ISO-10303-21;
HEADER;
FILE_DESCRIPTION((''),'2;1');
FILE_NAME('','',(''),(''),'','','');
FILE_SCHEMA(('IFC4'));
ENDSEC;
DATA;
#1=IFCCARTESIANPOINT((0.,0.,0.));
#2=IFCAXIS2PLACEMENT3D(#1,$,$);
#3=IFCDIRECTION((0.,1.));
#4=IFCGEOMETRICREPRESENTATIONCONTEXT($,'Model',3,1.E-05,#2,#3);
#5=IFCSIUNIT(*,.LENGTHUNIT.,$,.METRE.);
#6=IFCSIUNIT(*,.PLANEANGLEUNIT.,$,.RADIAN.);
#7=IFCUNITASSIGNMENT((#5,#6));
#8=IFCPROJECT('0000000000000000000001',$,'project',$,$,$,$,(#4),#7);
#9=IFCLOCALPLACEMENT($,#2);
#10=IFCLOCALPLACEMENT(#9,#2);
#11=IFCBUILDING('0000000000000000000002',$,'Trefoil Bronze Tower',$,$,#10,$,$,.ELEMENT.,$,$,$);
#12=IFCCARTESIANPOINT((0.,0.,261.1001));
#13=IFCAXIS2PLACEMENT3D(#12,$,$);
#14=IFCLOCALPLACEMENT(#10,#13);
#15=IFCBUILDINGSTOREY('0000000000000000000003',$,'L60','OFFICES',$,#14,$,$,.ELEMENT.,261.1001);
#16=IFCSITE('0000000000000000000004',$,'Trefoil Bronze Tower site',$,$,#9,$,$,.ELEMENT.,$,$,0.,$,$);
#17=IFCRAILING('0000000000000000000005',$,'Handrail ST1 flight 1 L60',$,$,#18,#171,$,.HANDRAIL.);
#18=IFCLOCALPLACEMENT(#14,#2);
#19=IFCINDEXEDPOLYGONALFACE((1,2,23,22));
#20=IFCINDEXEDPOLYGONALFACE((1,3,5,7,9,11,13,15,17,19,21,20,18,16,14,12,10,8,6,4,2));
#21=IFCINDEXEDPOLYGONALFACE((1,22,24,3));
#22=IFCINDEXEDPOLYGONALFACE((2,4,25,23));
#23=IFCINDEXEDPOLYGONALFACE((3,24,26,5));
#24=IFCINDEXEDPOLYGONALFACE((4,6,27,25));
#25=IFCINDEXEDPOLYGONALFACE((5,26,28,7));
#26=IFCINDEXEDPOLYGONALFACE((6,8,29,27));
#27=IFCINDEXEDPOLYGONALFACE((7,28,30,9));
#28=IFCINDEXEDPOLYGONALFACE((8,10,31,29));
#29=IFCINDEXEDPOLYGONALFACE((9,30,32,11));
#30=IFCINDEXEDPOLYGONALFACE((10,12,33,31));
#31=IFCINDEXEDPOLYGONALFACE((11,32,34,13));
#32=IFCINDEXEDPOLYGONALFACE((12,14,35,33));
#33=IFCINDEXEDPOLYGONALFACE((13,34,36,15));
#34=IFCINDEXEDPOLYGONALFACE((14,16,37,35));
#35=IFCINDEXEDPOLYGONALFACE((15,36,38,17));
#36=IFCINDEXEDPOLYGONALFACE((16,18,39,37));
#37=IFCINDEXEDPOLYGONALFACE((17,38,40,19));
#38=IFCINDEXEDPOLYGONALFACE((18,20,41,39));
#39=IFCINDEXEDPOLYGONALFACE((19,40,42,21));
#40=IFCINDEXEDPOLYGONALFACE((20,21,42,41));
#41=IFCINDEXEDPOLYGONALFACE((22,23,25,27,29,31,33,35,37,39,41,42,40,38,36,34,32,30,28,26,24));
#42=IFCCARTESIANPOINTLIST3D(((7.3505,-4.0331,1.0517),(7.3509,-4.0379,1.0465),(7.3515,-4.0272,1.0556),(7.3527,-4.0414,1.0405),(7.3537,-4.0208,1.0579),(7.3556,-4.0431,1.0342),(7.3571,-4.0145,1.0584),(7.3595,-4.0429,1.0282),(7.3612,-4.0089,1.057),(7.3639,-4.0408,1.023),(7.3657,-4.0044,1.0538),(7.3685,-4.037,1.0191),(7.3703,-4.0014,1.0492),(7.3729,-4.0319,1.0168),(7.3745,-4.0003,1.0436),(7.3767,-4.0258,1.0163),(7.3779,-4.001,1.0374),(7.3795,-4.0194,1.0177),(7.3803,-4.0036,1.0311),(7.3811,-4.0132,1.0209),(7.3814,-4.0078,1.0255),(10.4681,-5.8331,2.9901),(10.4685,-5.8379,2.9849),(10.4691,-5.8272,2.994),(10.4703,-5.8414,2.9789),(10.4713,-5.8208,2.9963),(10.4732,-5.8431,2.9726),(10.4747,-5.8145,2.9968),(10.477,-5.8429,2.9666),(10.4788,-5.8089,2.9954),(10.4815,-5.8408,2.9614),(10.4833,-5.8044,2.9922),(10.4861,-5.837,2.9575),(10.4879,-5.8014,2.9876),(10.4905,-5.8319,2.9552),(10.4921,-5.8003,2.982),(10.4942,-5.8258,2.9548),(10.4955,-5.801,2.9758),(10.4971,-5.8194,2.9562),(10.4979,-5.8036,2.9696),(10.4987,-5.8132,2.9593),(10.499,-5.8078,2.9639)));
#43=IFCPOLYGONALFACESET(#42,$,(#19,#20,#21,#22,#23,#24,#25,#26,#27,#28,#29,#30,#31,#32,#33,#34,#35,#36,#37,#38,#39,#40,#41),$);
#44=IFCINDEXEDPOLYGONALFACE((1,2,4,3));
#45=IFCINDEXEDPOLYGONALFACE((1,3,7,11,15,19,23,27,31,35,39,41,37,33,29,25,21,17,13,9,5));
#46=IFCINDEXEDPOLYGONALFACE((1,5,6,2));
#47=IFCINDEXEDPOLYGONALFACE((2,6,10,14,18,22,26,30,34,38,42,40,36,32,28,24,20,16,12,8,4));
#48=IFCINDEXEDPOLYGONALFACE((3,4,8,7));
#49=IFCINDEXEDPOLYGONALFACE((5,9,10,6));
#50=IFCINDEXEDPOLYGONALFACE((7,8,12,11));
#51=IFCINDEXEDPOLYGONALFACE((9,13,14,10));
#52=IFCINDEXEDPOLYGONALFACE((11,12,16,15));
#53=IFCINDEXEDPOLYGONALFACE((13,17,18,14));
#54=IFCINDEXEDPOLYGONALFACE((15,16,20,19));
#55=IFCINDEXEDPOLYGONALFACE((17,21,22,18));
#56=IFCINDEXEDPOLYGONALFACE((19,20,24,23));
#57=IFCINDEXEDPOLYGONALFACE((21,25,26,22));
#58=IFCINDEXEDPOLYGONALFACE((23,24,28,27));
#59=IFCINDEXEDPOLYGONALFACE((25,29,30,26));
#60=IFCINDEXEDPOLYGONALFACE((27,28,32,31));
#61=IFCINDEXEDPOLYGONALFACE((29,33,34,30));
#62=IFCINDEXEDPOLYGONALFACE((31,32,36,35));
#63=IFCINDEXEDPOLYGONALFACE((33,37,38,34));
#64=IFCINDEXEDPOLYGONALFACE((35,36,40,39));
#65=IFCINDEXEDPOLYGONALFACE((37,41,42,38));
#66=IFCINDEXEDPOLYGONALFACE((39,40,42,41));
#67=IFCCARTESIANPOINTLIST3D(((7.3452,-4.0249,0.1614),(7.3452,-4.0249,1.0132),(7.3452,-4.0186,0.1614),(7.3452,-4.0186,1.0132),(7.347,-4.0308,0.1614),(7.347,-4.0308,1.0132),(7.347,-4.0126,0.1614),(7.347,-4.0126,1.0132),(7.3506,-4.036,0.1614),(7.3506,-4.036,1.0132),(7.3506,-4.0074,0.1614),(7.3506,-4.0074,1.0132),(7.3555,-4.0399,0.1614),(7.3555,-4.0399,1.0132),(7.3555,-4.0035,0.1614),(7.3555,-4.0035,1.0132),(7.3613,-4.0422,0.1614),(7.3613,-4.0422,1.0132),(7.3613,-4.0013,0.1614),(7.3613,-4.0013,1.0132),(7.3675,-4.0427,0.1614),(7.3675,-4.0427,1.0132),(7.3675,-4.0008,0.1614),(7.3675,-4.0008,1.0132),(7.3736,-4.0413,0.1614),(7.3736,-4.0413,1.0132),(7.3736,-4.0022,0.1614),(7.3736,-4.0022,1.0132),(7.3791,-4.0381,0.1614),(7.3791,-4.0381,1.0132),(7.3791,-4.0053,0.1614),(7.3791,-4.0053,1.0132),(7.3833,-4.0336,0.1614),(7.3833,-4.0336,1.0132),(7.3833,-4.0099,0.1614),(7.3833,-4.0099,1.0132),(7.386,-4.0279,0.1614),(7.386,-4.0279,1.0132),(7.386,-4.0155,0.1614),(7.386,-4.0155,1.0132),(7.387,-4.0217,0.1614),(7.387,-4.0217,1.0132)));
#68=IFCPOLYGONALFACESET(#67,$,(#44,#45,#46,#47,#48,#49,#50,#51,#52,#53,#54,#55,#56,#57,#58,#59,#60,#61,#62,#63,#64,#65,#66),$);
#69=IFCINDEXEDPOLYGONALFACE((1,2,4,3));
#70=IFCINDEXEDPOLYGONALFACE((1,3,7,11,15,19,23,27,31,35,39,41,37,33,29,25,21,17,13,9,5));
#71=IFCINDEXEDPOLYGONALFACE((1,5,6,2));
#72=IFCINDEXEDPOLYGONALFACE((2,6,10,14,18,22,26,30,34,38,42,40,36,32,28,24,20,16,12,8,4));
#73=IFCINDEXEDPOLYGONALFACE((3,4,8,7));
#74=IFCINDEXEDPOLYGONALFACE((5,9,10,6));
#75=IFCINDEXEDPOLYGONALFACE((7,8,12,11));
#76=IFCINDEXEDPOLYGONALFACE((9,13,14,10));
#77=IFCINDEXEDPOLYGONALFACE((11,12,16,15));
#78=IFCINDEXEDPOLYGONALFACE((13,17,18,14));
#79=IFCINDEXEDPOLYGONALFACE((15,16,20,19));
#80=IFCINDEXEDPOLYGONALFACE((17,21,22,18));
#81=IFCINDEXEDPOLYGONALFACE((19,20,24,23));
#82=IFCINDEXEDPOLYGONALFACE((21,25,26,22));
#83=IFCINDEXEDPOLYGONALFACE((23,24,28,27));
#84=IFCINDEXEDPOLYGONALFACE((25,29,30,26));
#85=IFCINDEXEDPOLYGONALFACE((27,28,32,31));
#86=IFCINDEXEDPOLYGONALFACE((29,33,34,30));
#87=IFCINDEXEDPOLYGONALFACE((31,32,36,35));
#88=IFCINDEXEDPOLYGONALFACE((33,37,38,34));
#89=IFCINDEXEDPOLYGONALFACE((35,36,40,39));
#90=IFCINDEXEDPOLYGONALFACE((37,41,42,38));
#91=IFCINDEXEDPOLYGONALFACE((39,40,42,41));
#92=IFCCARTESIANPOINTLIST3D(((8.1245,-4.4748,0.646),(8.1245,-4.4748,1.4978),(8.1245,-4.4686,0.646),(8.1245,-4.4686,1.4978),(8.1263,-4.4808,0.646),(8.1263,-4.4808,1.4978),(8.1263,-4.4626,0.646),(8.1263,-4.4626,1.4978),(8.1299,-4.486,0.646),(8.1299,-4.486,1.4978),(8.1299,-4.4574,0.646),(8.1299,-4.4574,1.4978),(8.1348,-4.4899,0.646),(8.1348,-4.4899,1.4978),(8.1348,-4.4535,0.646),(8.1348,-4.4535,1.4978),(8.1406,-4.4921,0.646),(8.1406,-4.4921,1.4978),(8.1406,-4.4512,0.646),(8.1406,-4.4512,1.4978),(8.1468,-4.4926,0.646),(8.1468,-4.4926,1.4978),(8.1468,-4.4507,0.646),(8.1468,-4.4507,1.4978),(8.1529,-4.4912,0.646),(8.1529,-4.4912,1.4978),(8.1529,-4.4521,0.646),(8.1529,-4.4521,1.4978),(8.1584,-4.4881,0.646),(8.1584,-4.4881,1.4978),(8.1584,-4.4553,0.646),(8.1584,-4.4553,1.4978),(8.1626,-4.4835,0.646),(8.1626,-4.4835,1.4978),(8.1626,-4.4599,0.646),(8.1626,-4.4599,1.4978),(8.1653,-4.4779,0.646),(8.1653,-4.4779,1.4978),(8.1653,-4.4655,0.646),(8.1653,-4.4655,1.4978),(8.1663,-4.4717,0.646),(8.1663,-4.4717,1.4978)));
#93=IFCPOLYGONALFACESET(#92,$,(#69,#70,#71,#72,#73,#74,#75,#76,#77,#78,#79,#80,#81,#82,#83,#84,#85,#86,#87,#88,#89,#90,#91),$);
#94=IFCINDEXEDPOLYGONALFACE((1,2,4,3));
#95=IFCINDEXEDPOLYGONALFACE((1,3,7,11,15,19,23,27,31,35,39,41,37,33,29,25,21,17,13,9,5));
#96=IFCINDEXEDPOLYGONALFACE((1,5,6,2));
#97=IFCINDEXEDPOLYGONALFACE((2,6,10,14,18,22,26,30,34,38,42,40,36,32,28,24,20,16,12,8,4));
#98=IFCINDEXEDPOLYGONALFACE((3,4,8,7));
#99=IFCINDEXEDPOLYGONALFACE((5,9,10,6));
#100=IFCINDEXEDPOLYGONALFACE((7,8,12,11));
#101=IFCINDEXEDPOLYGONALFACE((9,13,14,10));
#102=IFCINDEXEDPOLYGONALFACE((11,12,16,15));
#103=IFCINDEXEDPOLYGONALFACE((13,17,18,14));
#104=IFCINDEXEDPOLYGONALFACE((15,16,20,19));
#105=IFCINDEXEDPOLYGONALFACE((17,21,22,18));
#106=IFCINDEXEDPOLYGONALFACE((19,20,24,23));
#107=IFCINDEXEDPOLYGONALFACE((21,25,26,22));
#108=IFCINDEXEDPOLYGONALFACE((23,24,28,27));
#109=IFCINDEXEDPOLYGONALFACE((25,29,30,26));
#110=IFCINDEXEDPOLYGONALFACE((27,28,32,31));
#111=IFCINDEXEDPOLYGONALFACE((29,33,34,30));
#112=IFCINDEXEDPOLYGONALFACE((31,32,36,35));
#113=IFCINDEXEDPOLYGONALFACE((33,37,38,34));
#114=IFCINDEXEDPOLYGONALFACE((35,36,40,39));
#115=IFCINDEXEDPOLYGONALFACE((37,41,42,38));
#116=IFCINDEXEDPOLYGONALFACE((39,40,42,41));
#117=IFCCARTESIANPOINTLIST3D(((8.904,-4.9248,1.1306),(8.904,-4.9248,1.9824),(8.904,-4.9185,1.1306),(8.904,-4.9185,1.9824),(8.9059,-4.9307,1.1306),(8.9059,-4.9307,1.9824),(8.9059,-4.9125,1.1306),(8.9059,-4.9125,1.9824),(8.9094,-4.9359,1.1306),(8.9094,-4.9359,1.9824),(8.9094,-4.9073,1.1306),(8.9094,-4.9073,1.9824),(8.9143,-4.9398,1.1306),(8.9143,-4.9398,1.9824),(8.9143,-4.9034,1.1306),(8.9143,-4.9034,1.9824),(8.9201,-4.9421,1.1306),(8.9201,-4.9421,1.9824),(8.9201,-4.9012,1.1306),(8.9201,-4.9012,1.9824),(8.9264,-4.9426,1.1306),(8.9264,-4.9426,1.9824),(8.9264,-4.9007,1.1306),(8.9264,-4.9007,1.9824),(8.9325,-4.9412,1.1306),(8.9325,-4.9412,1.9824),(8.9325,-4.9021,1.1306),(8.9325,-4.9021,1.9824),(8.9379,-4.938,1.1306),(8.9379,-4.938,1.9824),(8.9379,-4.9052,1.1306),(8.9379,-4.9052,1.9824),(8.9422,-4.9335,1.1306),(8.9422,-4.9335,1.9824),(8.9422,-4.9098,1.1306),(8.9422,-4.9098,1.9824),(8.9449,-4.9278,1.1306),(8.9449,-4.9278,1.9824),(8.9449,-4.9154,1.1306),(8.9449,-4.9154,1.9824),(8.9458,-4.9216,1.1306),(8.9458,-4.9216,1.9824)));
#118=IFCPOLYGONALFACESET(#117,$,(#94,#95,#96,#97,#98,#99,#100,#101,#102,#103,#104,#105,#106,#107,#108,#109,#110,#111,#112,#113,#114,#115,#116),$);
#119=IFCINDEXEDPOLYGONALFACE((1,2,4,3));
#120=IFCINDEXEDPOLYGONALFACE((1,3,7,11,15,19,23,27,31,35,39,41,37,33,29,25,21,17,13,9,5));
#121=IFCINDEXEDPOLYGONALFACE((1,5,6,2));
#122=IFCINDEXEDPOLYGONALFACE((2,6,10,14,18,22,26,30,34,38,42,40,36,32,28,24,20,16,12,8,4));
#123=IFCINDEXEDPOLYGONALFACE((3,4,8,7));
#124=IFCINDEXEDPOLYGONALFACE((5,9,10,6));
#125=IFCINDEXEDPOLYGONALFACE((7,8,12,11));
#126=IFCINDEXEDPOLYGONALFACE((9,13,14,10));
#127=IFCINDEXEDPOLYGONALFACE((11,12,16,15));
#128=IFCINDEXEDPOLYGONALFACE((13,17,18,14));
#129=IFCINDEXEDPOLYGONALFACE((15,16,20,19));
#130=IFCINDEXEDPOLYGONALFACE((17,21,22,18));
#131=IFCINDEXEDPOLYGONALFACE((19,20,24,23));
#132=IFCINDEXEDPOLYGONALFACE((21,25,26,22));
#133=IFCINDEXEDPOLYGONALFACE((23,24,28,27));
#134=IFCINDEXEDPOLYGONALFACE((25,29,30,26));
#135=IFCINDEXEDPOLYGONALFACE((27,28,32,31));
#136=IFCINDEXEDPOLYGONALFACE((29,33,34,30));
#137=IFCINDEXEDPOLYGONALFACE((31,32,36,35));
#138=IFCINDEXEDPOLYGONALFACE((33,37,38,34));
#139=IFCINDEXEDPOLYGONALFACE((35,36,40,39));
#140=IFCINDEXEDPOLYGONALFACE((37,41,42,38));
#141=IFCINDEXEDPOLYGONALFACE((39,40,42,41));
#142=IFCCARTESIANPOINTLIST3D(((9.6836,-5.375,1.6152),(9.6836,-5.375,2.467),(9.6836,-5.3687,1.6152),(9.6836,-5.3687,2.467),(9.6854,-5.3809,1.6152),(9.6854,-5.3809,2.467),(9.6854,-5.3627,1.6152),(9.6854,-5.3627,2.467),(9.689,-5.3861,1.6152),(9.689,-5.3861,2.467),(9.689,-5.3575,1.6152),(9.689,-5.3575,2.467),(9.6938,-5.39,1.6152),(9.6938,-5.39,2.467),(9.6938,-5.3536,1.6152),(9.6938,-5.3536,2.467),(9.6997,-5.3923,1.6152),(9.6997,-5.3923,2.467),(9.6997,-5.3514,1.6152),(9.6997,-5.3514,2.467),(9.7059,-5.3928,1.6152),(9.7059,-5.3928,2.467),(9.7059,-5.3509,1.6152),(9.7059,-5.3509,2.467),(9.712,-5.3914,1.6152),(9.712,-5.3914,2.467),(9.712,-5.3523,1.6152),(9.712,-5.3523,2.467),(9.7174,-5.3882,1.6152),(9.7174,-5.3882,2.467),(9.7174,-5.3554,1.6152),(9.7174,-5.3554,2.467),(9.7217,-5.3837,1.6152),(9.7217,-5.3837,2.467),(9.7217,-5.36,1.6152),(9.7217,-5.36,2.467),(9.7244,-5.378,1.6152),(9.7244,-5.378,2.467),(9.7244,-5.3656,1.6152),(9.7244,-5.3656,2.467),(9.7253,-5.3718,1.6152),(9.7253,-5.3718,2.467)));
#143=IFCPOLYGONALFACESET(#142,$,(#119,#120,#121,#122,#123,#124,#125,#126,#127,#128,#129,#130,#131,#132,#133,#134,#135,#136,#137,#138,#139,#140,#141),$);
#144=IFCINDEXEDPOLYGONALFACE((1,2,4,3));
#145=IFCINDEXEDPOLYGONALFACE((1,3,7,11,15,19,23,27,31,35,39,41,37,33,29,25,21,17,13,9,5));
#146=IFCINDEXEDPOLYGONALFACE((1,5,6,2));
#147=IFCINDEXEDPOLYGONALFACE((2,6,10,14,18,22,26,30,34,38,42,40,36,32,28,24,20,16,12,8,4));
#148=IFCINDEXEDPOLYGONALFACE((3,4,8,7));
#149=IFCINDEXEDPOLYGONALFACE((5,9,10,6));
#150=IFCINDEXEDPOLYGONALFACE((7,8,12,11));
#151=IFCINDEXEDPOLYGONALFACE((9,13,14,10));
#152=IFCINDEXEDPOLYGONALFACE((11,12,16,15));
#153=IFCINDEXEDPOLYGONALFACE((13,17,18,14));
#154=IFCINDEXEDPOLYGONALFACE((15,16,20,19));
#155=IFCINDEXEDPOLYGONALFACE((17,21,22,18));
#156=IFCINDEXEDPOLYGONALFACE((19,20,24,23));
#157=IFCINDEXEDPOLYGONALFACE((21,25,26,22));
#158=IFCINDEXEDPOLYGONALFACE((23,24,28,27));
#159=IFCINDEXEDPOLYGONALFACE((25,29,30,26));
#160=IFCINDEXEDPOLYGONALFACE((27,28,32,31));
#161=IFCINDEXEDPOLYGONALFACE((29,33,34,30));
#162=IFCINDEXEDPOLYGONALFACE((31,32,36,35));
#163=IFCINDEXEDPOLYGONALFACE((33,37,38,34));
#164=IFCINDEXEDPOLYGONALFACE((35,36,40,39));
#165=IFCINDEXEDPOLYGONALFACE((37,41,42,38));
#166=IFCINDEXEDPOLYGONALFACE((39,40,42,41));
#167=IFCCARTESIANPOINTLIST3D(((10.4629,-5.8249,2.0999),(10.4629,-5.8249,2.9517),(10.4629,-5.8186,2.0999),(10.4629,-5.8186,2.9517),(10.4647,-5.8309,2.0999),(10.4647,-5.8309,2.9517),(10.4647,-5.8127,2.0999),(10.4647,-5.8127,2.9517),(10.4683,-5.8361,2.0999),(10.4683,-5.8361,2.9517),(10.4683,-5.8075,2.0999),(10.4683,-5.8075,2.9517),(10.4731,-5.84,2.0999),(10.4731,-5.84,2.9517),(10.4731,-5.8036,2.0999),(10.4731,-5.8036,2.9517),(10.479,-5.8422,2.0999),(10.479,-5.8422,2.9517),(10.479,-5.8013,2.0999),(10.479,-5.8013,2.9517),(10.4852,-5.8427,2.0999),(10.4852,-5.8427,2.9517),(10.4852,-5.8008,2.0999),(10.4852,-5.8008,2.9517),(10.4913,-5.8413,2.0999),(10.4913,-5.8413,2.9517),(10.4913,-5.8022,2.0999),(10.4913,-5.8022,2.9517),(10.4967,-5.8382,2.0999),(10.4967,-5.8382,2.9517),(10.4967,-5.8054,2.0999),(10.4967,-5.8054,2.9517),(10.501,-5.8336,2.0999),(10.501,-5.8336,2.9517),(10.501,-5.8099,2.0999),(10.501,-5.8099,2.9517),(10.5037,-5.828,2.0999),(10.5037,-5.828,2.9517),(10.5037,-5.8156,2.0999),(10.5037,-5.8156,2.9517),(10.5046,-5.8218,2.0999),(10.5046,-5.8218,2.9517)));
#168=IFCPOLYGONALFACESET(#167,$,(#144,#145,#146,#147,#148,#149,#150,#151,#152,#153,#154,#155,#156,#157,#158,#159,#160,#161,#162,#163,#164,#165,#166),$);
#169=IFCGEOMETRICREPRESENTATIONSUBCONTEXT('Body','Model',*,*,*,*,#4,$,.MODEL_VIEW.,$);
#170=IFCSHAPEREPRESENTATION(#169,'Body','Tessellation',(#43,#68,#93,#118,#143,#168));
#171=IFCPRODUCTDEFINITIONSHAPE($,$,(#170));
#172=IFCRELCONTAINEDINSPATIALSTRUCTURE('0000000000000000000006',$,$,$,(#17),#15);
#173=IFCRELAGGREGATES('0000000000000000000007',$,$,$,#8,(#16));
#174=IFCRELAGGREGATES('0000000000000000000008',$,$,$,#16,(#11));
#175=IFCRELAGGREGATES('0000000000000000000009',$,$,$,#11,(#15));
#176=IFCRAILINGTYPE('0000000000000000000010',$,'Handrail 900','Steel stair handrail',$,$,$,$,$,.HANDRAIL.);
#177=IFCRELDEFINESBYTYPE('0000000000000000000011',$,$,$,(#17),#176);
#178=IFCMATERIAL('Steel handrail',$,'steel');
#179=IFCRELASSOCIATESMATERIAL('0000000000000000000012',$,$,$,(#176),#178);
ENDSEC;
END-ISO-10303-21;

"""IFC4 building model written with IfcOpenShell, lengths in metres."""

from ifc_helpers import new_model, si_unit, direction, frame, origin, origin_2d, place, context, subcontext, project, spatial, circle, extrude, material, type_object, element, save


model = new_model("IFC4")

# Units and contexts
model_context = context("Model", 3, precision=1e-05, world=origin(), true_north=direction((0.0, 1.0)))
body_context = subcontext(model_context, "Body", "Model", "MODEL_VIEW")
ifc_project = project(units=[si_unit("LENGTHUNIT", "METRE"), si_unit("PLANEANGLEUNIT", "RADIAN")], contexts=[model_context])

# Site, building, storey
site_placement = place(None, origin())
site = spatial("IfcSite", under=ifc_project, at=site_placement, Name="Trefoil Bronze Tower site", CompositionType="ELEMENT", RefElevation=0.0)
building_placement = place(site_placement, origin())
building = spatial("IfcBuilding", under=site, at=building_placement, Name="Trefoil Bronze Tower", CompositionType="ELEMENT")
storey_placement = place(building_placement, frame((0.0, 0.0, 261.1001)))
storey = spatial("IfcBuildingStorey", under=building, at=storey_placement, Name="L60", Description="OFFICES", CompositionType="ELEMENT", Elevation=261.1001)

# Railing
ifc_material_1 = material(Name="Steel handrail", Category="steel")
railing_type = type_object("IfcRailingType", Name="Handrail 900", Description="Steel stair handrail", PredefinedType="HANDRAIL", material=ifc_material_1)
railing_1_placement = place(storey_placement, frame((7.366, -4.0217, 0.1614)))
element("IfcRailing", 1, at=railing_1_placement, inside=storey, type_object=railing_type, Name="Handrail ST1 flight 1 L60", PredefinedType="HANDRAIL", context=body_context, shape_type="SweptSolid", body=[
    extrude(circle(Radius=0.0239, at=origin_2d()), frame((0.0, 0.0, 0.876), z_axis=(0.762503, -0.440246, 0.474102), x_axis=(0.500012, 0.866018, 0.0)), (0.0, 0.0, 1.0), 4.0886),
    extrude(circle(Radius=0.021, at=origin_2d()), origin(), (0.0, 0.0, 1.0), 0.8518),
    extrude(circle(Radius=0.021, at=origin_2d()), frame((0.7793, -0.45, 0.4846)), (0.0, 0.0, 1.0), 0.8518),
    extrude(circle(Radius=0.021, at=origin_2d()), frame((1.5588, -0.8999, 0.9692)), (0.0, 0.0, 1.0), 0.8518),
    extrude(circle(Radius=0.021, at=origin_2d()), frame((2.3384, -1.3501, 1.4539)), (0.0, 0.0, 1.0), 0.8518),
    extrude(circle(Radius=0.021, at=origin_2d()), frame((3.1177, -1.8, 1.9385)), (0.0, 0.0, 1.0), 0.8518),
])

save(model, "model.ifc")
